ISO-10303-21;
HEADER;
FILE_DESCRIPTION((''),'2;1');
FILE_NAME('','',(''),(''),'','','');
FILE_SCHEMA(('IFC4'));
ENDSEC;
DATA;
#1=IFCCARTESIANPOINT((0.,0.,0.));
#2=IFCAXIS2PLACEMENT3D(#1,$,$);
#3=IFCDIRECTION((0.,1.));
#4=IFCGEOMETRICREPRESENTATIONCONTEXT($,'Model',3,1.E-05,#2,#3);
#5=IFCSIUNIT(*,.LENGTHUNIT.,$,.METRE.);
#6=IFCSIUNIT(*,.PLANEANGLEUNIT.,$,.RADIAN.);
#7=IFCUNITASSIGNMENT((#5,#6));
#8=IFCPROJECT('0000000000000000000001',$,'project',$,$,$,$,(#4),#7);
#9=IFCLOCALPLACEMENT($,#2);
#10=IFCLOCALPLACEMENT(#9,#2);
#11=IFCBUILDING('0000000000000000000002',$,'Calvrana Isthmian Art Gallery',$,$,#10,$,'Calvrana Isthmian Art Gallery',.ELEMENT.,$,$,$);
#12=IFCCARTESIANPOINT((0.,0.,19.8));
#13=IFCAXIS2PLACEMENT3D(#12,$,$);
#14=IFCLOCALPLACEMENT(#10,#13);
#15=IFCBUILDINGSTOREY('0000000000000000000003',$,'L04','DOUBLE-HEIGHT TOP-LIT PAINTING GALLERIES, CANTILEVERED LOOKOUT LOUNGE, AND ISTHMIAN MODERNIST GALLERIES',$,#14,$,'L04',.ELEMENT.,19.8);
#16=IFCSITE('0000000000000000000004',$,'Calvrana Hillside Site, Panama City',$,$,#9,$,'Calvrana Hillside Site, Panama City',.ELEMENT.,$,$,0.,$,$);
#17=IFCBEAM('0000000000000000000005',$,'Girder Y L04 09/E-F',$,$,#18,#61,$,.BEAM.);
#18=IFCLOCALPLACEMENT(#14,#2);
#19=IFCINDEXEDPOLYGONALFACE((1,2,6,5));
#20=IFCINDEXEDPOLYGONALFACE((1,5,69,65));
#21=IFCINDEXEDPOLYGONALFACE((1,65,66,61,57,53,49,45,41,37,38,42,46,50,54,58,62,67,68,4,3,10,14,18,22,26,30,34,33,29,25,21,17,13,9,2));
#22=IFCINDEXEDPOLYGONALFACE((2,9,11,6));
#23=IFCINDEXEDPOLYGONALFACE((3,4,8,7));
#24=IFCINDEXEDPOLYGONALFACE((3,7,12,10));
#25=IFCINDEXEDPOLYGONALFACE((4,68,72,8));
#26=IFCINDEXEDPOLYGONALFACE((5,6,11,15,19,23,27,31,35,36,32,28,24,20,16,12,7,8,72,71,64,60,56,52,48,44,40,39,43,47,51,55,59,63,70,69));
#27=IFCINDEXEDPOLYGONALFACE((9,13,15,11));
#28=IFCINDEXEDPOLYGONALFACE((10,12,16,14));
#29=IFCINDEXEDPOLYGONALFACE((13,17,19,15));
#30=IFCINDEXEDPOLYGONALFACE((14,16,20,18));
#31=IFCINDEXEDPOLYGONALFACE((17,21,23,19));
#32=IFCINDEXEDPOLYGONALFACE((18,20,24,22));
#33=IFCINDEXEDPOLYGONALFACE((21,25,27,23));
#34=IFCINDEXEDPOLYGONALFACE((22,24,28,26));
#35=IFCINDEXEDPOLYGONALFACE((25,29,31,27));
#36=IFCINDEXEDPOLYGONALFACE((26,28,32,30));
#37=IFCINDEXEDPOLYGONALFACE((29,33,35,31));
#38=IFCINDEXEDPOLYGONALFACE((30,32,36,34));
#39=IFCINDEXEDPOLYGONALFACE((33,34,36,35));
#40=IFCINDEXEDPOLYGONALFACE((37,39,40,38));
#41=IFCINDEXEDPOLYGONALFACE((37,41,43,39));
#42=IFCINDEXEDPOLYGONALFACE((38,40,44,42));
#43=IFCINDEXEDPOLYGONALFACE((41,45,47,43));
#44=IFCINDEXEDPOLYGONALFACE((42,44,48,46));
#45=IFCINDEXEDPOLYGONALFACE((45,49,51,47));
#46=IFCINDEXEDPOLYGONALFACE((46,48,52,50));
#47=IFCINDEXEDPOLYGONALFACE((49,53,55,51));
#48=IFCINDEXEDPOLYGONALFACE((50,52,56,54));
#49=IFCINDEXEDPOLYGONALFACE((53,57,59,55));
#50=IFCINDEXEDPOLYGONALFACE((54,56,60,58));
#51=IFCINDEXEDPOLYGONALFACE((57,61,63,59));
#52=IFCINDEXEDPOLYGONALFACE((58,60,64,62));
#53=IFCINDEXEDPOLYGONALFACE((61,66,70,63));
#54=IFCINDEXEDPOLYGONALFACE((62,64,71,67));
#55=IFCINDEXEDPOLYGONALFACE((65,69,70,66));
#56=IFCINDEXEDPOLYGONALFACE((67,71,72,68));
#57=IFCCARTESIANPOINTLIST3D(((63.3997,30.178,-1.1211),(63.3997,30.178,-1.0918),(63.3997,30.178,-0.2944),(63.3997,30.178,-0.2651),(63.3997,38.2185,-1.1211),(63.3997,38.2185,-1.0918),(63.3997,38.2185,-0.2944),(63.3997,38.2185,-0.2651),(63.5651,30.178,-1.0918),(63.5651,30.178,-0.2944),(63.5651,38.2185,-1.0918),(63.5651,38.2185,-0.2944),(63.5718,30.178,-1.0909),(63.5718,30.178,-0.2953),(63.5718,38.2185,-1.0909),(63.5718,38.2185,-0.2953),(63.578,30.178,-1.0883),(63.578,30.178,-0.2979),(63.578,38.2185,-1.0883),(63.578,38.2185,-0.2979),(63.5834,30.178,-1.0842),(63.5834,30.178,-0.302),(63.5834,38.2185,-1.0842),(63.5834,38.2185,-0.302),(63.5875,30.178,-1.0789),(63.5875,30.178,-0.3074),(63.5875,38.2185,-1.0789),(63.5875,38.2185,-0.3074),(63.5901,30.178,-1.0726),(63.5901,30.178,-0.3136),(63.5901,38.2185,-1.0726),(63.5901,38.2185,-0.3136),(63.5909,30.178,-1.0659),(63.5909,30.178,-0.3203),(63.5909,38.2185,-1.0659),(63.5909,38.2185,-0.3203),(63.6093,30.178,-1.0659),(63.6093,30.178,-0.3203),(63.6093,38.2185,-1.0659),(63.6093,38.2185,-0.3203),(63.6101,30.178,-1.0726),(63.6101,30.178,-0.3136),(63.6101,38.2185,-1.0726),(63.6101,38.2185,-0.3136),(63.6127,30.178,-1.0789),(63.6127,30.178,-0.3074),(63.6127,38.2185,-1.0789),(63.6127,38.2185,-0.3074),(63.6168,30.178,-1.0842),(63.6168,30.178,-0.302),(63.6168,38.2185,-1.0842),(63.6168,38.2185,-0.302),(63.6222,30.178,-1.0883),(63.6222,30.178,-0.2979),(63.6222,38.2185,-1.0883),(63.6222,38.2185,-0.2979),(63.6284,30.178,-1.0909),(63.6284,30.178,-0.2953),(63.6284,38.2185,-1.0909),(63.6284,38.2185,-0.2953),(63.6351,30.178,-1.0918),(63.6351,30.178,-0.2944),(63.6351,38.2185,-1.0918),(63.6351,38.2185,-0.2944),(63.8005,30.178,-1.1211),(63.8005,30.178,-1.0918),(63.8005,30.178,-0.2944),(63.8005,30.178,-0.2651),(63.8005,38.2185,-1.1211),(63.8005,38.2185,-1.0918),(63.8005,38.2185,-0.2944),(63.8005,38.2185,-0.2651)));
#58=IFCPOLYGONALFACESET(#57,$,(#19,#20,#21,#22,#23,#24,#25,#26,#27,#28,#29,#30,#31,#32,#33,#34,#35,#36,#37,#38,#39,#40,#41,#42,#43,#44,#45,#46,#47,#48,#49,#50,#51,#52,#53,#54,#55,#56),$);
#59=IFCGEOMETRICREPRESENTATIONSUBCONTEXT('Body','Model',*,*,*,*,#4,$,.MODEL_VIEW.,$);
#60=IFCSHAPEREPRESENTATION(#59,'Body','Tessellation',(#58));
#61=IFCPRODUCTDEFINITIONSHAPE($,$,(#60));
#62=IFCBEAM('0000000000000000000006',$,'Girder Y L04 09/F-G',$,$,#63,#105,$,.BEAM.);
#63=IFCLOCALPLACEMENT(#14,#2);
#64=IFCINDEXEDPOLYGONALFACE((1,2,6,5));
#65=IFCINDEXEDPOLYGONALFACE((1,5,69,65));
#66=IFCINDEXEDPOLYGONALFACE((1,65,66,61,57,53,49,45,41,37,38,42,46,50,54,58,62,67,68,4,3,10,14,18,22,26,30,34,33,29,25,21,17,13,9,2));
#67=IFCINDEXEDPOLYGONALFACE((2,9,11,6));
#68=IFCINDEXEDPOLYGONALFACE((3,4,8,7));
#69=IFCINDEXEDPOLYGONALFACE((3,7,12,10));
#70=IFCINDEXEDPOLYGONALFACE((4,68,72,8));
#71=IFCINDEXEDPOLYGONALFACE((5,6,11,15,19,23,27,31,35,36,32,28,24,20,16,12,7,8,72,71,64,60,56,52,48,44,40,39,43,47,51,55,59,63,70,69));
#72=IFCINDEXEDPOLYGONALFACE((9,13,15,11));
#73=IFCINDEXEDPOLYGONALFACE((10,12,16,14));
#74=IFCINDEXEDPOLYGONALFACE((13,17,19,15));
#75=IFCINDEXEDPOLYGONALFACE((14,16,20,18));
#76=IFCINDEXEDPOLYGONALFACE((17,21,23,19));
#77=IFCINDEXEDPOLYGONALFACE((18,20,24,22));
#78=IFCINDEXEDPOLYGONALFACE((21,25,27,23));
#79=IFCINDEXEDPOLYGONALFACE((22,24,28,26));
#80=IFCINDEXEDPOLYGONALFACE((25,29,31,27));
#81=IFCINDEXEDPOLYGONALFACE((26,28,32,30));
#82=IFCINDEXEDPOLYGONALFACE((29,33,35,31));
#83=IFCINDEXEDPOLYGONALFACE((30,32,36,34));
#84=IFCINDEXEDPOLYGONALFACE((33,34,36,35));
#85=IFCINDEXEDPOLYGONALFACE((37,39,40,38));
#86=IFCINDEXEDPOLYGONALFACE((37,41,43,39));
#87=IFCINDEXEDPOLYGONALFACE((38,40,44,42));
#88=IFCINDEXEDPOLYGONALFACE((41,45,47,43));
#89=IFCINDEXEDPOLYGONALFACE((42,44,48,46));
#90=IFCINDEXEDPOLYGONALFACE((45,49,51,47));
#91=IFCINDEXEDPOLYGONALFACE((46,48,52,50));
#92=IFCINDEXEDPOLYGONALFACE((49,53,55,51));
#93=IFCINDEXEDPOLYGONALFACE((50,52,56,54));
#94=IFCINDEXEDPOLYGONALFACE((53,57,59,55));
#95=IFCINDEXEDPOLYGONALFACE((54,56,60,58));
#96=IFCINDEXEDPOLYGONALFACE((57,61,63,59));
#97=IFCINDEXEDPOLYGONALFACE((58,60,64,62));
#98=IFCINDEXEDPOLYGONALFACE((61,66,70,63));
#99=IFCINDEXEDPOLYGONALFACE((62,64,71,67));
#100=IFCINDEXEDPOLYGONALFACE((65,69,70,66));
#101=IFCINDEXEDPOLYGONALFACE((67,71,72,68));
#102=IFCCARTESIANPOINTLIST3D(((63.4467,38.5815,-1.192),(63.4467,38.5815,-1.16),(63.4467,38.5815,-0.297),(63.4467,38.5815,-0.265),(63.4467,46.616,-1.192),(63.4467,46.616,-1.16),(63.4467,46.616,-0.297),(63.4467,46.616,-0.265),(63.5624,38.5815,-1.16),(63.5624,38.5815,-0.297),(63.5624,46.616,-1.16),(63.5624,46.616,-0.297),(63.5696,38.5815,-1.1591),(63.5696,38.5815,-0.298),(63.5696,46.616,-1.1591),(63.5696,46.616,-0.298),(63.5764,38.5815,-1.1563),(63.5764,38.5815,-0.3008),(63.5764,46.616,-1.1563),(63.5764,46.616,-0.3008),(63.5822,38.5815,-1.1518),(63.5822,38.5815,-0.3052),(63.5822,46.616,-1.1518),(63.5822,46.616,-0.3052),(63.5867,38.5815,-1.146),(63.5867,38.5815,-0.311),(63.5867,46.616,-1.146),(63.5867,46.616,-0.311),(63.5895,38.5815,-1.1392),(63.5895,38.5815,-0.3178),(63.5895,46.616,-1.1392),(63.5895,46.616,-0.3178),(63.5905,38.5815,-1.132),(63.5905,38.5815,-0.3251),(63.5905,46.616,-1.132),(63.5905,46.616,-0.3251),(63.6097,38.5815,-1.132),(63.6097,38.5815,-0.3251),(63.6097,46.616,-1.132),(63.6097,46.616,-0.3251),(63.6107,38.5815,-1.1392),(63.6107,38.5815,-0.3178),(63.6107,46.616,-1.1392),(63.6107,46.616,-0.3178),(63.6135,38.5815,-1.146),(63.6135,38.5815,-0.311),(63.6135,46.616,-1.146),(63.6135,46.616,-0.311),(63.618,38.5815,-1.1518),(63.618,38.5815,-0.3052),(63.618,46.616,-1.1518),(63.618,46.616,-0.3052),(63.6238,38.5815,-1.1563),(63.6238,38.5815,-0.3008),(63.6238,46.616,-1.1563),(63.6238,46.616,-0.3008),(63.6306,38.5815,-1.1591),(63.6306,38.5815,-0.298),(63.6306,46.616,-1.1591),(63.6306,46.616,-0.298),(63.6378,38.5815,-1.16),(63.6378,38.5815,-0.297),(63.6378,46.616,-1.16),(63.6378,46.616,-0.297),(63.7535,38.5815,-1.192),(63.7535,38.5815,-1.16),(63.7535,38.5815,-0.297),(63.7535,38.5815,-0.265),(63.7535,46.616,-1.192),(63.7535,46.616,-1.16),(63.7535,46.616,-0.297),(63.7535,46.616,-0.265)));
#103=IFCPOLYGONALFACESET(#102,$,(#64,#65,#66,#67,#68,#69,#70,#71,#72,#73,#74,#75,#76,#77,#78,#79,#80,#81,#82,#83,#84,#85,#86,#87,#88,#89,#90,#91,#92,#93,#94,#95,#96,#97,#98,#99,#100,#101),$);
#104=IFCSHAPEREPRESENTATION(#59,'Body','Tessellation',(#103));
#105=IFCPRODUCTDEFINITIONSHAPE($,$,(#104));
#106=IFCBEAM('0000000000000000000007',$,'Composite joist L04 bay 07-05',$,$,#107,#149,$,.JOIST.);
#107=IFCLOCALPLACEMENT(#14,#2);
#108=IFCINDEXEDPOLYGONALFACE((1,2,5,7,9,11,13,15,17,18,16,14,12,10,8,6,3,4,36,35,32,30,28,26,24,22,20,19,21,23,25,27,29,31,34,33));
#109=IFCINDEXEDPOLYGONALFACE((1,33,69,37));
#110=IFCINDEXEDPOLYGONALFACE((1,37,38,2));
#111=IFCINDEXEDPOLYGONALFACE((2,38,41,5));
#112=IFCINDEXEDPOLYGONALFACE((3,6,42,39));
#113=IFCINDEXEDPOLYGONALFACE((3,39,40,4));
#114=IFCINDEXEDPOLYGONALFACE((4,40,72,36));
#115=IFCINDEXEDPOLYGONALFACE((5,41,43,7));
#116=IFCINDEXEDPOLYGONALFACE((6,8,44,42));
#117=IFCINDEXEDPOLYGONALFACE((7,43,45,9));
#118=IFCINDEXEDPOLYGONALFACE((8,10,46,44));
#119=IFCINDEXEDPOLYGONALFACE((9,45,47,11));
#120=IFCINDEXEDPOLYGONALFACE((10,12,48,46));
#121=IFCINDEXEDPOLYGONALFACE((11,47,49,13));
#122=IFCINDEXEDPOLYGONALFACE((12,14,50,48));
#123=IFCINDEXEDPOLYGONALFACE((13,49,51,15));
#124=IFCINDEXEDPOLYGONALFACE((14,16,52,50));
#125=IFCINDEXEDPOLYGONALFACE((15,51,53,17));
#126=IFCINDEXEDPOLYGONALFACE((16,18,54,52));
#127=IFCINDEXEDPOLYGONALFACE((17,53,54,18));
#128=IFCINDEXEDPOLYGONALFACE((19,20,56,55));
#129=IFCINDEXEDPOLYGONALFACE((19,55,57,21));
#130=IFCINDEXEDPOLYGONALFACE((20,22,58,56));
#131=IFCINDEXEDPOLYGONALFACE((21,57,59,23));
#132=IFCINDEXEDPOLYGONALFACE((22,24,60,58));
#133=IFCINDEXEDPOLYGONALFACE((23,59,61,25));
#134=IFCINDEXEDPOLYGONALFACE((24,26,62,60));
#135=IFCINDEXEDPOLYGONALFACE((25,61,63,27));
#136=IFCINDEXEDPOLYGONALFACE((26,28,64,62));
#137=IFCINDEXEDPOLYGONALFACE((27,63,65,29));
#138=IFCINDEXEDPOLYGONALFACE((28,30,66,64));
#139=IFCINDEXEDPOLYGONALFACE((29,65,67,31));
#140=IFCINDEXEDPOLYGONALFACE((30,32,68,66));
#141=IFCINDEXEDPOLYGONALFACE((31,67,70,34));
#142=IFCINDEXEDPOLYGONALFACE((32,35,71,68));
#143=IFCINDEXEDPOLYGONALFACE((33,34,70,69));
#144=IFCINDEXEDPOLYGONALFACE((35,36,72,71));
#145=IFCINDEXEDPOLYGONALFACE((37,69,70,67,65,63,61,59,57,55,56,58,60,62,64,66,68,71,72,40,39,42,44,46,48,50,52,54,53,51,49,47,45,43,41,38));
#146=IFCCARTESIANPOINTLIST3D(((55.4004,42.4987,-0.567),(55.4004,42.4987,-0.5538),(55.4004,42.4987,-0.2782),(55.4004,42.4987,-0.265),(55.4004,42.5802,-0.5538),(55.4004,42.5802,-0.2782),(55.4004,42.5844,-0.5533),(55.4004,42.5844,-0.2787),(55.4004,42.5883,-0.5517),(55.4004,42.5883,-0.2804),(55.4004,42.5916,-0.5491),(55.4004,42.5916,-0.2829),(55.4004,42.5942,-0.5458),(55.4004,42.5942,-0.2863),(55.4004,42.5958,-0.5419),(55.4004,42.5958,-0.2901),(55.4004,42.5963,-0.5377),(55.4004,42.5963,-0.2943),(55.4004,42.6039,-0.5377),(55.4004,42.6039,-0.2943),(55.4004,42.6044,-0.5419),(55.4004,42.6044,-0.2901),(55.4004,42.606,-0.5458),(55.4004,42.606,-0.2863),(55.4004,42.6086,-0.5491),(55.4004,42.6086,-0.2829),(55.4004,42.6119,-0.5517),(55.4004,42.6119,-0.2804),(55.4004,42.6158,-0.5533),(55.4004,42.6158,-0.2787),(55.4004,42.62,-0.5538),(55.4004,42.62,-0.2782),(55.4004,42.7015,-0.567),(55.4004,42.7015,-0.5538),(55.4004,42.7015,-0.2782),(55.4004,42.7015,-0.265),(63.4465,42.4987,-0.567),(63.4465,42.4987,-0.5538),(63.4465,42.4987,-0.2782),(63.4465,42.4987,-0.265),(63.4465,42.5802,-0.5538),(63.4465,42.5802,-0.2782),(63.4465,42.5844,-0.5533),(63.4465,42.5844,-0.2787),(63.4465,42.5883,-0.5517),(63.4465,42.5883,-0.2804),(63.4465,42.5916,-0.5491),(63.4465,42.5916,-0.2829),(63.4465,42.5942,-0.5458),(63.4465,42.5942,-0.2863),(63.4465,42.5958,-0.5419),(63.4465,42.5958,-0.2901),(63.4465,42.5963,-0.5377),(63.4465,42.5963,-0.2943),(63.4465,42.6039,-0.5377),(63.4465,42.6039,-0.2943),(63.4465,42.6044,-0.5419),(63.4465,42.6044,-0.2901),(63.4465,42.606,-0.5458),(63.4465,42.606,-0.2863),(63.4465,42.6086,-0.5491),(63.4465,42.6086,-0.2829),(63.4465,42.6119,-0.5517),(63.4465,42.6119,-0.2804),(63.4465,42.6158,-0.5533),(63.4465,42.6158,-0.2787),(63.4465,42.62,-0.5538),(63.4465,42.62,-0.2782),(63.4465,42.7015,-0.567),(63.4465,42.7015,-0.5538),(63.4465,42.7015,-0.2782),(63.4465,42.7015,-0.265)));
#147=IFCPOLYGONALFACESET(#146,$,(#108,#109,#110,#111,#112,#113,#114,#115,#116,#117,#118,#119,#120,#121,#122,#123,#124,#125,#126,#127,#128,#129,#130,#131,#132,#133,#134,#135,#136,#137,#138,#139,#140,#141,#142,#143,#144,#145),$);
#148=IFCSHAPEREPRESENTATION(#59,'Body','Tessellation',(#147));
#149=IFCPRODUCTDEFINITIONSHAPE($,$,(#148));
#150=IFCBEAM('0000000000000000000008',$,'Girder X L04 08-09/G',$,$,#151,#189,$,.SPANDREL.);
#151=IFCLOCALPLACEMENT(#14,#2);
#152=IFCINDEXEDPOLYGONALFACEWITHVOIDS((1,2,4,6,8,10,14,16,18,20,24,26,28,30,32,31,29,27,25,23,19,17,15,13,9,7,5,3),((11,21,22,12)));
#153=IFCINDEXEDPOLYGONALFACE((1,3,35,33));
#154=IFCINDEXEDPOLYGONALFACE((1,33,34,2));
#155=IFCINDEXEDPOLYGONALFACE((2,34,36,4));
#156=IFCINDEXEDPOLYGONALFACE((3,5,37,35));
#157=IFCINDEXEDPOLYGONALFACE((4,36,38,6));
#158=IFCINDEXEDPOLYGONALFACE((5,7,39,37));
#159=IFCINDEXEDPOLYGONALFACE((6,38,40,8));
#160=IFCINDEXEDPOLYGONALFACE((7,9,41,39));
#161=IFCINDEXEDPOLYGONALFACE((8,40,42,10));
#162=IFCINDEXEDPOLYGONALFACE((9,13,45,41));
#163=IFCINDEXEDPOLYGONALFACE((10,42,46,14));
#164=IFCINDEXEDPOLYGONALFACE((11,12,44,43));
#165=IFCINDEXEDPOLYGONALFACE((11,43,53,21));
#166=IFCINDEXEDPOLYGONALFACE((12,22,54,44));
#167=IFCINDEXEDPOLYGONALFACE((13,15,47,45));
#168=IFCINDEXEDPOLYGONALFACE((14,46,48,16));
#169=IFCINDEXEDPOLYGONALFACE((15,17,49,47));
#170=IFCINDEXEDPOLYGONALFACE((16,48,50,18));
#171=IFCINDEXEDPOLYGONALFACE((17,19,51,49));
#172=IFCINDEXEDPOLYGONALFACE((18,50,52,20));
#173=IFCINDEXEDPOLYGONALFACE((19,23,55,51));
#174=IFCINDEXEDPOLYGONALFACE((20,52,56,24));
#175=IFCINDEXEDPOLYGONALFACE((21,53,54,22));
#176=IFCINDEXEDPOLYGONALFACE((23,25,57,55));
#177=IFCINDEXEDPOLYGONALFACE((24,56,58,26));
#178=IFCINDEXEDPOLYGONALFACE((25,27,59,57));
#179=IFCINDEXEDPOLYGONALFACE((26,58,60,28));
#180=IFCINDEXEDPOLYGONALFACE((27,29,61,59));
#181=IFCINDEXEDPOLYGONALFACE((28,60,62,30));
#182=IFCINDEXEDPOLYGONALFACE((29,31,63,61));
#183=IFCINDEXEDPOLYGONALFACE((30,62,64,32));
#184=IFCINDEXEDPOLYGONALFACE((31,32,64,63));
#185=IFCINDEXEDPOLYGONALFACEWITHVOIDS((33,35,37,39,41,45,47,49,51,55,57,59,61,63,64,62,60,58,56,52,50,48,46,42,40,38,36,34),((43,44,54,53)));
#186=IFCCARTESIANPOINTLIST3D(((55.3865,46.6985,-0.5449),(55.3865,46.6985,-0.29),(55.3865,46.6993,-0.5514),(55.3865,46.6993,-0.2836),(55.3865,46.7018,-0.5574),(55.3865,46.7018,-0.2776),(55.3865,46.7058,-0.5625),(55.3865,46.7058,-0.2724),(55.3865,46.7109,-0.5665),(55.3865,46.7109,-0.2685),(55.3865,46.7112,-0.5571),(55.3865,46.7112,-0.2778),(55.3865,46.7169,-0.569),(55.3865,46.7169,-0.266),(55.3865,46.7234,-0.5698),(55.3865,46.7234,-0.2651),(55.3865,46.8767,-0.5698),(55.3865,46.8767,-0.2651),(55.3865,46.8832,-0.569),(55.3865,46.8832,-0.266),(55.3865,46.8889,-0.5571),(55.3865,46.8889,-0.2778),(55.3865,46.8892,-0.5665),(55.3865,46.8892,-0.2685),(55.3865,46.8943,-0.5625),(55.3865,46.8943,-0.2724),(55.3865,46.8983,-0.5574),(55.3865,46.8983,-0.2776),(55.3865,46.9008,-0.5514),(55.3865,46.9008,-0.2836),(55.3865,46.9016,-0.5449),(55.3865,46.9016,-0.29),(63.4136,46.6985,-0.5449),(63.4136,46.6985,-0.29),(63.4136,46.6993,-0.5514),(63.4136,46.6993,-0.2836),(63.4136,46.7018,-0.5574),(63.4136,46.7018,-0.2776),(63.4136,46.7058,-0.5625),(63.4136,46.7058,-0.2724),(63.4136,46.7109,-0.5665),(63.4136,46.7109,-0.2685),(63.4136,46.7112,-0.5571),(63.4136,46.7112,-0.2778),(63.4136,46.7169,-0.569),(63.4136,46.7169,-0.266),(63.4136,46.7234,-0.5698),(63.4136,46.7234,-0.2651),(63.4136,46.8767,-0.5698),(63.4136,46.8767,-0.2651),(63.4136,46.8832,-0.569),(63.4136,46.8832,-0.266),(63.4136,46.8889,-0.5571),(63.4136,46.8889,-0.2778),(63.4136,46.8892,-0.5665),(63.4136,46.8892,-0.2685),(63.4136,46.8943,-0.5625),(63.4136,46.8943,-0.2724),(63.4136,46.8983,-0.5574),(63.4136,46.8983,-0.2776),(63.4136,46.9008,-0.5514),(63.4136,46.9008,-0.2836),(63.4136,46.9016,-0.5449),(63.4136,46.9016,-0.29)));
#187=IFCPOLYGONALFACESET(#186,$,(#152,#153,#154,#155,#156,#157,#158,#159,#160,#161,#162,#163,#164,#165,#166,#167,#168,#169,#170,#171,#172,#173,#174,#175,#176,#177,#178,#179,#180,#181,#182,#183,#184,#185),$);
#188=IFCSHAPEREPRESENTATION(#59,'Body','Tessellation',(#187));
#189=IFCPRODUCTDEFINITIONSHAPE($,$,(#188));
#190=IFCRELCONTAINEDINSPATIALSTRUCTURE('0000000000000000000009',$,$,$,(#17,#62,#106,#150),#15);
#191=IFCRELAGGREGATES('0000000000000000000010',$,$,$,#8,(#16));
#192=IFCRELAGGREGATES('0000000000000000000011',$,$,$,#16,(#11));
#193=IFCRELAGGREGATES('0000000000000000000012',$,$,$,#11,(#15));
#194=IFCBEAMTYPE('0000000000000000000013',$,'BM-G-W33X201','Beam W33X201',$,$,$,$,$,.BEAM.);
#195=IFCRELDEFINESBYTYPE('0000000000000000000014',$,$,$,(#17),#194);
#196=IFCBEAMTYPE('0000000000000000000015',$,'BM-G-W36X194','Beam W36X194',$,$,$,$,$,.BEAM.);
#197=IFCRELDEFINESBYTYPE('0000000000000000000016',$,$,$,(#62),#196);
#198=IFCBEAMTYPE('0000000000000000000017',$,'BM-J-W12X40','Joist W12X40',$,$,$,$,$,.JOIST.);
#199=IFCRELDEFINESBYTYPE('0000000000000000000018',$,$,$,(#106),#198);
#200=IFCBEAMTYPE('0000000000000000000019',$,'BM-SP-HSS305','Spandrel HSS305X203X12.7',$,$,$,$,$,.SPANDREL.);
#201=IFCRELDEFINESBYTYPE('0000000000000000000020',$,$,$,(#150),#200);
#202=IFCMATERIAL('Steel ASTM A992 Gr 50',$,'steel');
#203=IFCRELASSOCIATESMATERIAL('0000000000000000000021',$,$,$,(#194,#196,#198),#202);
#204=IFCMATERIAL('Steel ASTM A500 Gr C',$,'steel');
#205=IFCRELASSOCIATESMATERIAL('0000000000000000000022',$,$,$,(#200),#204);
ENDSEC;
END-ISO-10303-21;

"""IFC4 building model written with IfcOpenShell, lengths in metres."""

from ifc_helpers import new_model, si_unit, direction, frame, origin, origin_2d, place, context, subcontext, project, spatial, hollow_rectangle, i_section, extrude, material, material_profile, profile_set, type_object, element, save


model = new_model("IFC4")

# Units and contexts
model_context = context("Model", 3, precision=1e-05, world=origin(), true_north=direction((0.0, 1.0)))
body_context = subcontext(model_context, "Body", "Model", "MODEL_VIEW")
ifc_project = project(units=[si_unit("LENGTHUNIT", "METRE"), si_unit("PLANEANGLEUNIT", "RADIAN")], contexts=[model_context])

# Site, building, storey
site_placement = place(None, origin())
site = spatial("IfcSite", under=ifc_project, at=site_placement, Name="Calvrana Hillside Site, Panama City", LongName="Calvrana Hillside Site, Panama City", CompositionType="ELEMENT", RefElevation=0.0)
building_placement = place(site_placement, origin())
building = spatial("IfcBuilding", under=site, at=building_placement, Name="Calvrana Isthmian Art Gallery", LongName="Calvrana Isthmian Art Gallery", CompositionType="ELEMENT")
storey_placement = place(building_placement, frame((0.0, 0.0, 19.8)))
storey = spatial("IfcBuildingStorey", under=building, at=storey_placement, Name="L04", Description="DOUBLE-HEIGHT TOP-LIT PAINTING GALLERIES, CANTILEVERED LOOKOUT LOUNGE, AND ISTHMIAN MODERNIST GALLERIES", LongName="L04", CompositionType="ELEMENT", Elevation=19.8)

# Shared definitions
ifc_material_1 = material(Name="Steel ASTM A500 Gr C", Category="steel")
ifc_material_2 = material(Name="Steel ASTM A992 Gr 50", Category="steel")

# Beams
ifc_material_profile_1 = material_profile(ifc_material_2, i_section(OverallWidth=0.4009, OverallDepth=0.856, WebThickness=0.0183, FlangeThickness=0.0293, FilletRadius=0.0259, at=origin_2d()), Name="W33X201")
ifc_profile_set_1 = profile_set([ifc_material_profile_1], Name="Steel ASTM A992 Gr 50")
beam_type_1 = type_object("IfcBeamType", Name="BM-G-W33X201", Description="Beam W33X201", PredefinedType="BEAM", material=ifc_profile_set_1)
beam_1_placement = place(storey_placement, frame((63.6001, 30.178, -0.6931), z_axis=(0.0, 1.0, 0.0), x_axis=(-1.0, 0.0, 0.0)))
element("IfcBeam", 1, at=beam_1_placement, inside=storey, type_object=beam_type_1, Name="Girder Y L04 09/E-F", PredefinedType="BEAM", context=body_context, shape_type="SweptSolid", body=[
    extrude(i_section(OverallWidth=0.4009, OverallDepth=0.856, WebThickness=0.0183, FlangeThickness=0.0293, FilletRadius=0.0259, at=origin_2d()), origin(), (0.0, 0.0, 1.0), 8.0405),
])
ifc_material_profile_2 = material_profile(ifc_material_2, i_section(OverallWidth=0.3069, OverallDepth=0.927, WebThickness=0.0193, FlangeThickness=0.032, FilletRadius=0.0281, at=origin_2d()), Name="W36X194")
ifc_profile_set_2 = profile_set([ifc_material_profile_2], Name="Steel ASTM A992 Gr 50")
beam_type_2 = type_object("IfcBeamType", Name="BM-G-W36X194", Description="Beam W36X194", PredefinedType="BEAM", material=ifc_profile_set_2)
beam_2_placement = place(storey_placement, frame((63.6001, 38.5815, -0.7285), z_axis=(0.0, 1.0, 0.0), x_axis=(-1.0, 0.0, 0.0)))
element("IfcBeam", 2, at=beam_2_placement, inside=storey, type_object=beam_type_2, Name="Girder Y L04 09/F-G", PredefinedType="BEAM", context=body_context, shape_type="SweptSolid", body=[
    extrude(i_section(OverallWidth=0.3069, OverallDepth=0.927, WebThickness=0.0193, FlangeThickness=0.032, FilletRadius=0.0281, at=origin_2d()), origin(), (0.0, 0.0, 1.0), 8.0344),
])
ifc_material_profile_3 = material_profile(ifc_material_2, i_section(OverallWidth=0.2029, OverallDepth=0.302, WebThickness=0.0076, FlangeThickness=0.0132, FilletRadius=0.0161, at=origin_2d()), Name="W12X40")
ifc_profile_set_3 = profile_set([ifc_material_profile_3], Name="Steel ASTM A992 Gr 50")
beam_type_3 = type_object("IfcBeamType", Name="BM-J-W12X40", Description="Joist W12X40", PredefinedType="JOIST", material=ifc_profile_set_3)
beam_3_placement = place(storey_placement, frame((55.4004, 42.6001, -0.416), z_axis=(1.0, 0.0, 0.0), x_axis=(0.0, 1.0, 0.0)))
element("IfcBeam", 3, at=beam_3_placement, inside=storey, type_object=beam_type_3, Name="Composite joist L04 bay 07-05", PredefinedType="JOIST", context=body_context, shape_type="SweptSolid", body=[
    extrude(i_section(OverallWidth=0.2029, OverallDepth=0.302, WebThickness=0.0076, FlangeThickness=0.0132, FilletRadius=0.0161, at=origin_2d()), origin(), (0.0, 0.0, 1.0), 8.0461),
])
ifc_material_profile_4 = material_profile(ifc_material_1, hollow_rectangle(XDim=0.2031, YDim=0.3047, WallThickness=0.0127, OuterFilletRadius=0.0249, at=origin_2d()), Name="HSS305X203X12.7")
ifc_profile_set_4 = profile_set([ifc_material_profile_4], Name="Steel ASTM A500 Gr C")
beam_type_4 = type_object("IfcBeamType", Name="BM-SP-HSS305", Description="Spandrel HSS305X203X12.7", PredefinedType="SPANDREL", material=ifc_profile_set_4)
beam_4_placement = place(storey_placement, frame((55.3865, 46.8, -0.4175), z_axis=(1.0, 0.0, 0.0), x_axis=(0.0, 1.0, 0.0)))
element("IfcBeam", 4, at=beam_4_placement, inside=storey, type_object=beam_type_4, Name="Girder X L04 08-09/G", PredefinedType="SPANDREL", context=body_context, shape_type="SweptSolid", body=[
    extrude(hollow_rectangle(XDim=0.2031, YDim=0.3047, WallThickness=0.0127, OuterFilletRadius=0.0249, at=origin_2d()), origin(), (0.0, 0.0, 1.0), 8.0271),
])

save(model, "model.ifc")
